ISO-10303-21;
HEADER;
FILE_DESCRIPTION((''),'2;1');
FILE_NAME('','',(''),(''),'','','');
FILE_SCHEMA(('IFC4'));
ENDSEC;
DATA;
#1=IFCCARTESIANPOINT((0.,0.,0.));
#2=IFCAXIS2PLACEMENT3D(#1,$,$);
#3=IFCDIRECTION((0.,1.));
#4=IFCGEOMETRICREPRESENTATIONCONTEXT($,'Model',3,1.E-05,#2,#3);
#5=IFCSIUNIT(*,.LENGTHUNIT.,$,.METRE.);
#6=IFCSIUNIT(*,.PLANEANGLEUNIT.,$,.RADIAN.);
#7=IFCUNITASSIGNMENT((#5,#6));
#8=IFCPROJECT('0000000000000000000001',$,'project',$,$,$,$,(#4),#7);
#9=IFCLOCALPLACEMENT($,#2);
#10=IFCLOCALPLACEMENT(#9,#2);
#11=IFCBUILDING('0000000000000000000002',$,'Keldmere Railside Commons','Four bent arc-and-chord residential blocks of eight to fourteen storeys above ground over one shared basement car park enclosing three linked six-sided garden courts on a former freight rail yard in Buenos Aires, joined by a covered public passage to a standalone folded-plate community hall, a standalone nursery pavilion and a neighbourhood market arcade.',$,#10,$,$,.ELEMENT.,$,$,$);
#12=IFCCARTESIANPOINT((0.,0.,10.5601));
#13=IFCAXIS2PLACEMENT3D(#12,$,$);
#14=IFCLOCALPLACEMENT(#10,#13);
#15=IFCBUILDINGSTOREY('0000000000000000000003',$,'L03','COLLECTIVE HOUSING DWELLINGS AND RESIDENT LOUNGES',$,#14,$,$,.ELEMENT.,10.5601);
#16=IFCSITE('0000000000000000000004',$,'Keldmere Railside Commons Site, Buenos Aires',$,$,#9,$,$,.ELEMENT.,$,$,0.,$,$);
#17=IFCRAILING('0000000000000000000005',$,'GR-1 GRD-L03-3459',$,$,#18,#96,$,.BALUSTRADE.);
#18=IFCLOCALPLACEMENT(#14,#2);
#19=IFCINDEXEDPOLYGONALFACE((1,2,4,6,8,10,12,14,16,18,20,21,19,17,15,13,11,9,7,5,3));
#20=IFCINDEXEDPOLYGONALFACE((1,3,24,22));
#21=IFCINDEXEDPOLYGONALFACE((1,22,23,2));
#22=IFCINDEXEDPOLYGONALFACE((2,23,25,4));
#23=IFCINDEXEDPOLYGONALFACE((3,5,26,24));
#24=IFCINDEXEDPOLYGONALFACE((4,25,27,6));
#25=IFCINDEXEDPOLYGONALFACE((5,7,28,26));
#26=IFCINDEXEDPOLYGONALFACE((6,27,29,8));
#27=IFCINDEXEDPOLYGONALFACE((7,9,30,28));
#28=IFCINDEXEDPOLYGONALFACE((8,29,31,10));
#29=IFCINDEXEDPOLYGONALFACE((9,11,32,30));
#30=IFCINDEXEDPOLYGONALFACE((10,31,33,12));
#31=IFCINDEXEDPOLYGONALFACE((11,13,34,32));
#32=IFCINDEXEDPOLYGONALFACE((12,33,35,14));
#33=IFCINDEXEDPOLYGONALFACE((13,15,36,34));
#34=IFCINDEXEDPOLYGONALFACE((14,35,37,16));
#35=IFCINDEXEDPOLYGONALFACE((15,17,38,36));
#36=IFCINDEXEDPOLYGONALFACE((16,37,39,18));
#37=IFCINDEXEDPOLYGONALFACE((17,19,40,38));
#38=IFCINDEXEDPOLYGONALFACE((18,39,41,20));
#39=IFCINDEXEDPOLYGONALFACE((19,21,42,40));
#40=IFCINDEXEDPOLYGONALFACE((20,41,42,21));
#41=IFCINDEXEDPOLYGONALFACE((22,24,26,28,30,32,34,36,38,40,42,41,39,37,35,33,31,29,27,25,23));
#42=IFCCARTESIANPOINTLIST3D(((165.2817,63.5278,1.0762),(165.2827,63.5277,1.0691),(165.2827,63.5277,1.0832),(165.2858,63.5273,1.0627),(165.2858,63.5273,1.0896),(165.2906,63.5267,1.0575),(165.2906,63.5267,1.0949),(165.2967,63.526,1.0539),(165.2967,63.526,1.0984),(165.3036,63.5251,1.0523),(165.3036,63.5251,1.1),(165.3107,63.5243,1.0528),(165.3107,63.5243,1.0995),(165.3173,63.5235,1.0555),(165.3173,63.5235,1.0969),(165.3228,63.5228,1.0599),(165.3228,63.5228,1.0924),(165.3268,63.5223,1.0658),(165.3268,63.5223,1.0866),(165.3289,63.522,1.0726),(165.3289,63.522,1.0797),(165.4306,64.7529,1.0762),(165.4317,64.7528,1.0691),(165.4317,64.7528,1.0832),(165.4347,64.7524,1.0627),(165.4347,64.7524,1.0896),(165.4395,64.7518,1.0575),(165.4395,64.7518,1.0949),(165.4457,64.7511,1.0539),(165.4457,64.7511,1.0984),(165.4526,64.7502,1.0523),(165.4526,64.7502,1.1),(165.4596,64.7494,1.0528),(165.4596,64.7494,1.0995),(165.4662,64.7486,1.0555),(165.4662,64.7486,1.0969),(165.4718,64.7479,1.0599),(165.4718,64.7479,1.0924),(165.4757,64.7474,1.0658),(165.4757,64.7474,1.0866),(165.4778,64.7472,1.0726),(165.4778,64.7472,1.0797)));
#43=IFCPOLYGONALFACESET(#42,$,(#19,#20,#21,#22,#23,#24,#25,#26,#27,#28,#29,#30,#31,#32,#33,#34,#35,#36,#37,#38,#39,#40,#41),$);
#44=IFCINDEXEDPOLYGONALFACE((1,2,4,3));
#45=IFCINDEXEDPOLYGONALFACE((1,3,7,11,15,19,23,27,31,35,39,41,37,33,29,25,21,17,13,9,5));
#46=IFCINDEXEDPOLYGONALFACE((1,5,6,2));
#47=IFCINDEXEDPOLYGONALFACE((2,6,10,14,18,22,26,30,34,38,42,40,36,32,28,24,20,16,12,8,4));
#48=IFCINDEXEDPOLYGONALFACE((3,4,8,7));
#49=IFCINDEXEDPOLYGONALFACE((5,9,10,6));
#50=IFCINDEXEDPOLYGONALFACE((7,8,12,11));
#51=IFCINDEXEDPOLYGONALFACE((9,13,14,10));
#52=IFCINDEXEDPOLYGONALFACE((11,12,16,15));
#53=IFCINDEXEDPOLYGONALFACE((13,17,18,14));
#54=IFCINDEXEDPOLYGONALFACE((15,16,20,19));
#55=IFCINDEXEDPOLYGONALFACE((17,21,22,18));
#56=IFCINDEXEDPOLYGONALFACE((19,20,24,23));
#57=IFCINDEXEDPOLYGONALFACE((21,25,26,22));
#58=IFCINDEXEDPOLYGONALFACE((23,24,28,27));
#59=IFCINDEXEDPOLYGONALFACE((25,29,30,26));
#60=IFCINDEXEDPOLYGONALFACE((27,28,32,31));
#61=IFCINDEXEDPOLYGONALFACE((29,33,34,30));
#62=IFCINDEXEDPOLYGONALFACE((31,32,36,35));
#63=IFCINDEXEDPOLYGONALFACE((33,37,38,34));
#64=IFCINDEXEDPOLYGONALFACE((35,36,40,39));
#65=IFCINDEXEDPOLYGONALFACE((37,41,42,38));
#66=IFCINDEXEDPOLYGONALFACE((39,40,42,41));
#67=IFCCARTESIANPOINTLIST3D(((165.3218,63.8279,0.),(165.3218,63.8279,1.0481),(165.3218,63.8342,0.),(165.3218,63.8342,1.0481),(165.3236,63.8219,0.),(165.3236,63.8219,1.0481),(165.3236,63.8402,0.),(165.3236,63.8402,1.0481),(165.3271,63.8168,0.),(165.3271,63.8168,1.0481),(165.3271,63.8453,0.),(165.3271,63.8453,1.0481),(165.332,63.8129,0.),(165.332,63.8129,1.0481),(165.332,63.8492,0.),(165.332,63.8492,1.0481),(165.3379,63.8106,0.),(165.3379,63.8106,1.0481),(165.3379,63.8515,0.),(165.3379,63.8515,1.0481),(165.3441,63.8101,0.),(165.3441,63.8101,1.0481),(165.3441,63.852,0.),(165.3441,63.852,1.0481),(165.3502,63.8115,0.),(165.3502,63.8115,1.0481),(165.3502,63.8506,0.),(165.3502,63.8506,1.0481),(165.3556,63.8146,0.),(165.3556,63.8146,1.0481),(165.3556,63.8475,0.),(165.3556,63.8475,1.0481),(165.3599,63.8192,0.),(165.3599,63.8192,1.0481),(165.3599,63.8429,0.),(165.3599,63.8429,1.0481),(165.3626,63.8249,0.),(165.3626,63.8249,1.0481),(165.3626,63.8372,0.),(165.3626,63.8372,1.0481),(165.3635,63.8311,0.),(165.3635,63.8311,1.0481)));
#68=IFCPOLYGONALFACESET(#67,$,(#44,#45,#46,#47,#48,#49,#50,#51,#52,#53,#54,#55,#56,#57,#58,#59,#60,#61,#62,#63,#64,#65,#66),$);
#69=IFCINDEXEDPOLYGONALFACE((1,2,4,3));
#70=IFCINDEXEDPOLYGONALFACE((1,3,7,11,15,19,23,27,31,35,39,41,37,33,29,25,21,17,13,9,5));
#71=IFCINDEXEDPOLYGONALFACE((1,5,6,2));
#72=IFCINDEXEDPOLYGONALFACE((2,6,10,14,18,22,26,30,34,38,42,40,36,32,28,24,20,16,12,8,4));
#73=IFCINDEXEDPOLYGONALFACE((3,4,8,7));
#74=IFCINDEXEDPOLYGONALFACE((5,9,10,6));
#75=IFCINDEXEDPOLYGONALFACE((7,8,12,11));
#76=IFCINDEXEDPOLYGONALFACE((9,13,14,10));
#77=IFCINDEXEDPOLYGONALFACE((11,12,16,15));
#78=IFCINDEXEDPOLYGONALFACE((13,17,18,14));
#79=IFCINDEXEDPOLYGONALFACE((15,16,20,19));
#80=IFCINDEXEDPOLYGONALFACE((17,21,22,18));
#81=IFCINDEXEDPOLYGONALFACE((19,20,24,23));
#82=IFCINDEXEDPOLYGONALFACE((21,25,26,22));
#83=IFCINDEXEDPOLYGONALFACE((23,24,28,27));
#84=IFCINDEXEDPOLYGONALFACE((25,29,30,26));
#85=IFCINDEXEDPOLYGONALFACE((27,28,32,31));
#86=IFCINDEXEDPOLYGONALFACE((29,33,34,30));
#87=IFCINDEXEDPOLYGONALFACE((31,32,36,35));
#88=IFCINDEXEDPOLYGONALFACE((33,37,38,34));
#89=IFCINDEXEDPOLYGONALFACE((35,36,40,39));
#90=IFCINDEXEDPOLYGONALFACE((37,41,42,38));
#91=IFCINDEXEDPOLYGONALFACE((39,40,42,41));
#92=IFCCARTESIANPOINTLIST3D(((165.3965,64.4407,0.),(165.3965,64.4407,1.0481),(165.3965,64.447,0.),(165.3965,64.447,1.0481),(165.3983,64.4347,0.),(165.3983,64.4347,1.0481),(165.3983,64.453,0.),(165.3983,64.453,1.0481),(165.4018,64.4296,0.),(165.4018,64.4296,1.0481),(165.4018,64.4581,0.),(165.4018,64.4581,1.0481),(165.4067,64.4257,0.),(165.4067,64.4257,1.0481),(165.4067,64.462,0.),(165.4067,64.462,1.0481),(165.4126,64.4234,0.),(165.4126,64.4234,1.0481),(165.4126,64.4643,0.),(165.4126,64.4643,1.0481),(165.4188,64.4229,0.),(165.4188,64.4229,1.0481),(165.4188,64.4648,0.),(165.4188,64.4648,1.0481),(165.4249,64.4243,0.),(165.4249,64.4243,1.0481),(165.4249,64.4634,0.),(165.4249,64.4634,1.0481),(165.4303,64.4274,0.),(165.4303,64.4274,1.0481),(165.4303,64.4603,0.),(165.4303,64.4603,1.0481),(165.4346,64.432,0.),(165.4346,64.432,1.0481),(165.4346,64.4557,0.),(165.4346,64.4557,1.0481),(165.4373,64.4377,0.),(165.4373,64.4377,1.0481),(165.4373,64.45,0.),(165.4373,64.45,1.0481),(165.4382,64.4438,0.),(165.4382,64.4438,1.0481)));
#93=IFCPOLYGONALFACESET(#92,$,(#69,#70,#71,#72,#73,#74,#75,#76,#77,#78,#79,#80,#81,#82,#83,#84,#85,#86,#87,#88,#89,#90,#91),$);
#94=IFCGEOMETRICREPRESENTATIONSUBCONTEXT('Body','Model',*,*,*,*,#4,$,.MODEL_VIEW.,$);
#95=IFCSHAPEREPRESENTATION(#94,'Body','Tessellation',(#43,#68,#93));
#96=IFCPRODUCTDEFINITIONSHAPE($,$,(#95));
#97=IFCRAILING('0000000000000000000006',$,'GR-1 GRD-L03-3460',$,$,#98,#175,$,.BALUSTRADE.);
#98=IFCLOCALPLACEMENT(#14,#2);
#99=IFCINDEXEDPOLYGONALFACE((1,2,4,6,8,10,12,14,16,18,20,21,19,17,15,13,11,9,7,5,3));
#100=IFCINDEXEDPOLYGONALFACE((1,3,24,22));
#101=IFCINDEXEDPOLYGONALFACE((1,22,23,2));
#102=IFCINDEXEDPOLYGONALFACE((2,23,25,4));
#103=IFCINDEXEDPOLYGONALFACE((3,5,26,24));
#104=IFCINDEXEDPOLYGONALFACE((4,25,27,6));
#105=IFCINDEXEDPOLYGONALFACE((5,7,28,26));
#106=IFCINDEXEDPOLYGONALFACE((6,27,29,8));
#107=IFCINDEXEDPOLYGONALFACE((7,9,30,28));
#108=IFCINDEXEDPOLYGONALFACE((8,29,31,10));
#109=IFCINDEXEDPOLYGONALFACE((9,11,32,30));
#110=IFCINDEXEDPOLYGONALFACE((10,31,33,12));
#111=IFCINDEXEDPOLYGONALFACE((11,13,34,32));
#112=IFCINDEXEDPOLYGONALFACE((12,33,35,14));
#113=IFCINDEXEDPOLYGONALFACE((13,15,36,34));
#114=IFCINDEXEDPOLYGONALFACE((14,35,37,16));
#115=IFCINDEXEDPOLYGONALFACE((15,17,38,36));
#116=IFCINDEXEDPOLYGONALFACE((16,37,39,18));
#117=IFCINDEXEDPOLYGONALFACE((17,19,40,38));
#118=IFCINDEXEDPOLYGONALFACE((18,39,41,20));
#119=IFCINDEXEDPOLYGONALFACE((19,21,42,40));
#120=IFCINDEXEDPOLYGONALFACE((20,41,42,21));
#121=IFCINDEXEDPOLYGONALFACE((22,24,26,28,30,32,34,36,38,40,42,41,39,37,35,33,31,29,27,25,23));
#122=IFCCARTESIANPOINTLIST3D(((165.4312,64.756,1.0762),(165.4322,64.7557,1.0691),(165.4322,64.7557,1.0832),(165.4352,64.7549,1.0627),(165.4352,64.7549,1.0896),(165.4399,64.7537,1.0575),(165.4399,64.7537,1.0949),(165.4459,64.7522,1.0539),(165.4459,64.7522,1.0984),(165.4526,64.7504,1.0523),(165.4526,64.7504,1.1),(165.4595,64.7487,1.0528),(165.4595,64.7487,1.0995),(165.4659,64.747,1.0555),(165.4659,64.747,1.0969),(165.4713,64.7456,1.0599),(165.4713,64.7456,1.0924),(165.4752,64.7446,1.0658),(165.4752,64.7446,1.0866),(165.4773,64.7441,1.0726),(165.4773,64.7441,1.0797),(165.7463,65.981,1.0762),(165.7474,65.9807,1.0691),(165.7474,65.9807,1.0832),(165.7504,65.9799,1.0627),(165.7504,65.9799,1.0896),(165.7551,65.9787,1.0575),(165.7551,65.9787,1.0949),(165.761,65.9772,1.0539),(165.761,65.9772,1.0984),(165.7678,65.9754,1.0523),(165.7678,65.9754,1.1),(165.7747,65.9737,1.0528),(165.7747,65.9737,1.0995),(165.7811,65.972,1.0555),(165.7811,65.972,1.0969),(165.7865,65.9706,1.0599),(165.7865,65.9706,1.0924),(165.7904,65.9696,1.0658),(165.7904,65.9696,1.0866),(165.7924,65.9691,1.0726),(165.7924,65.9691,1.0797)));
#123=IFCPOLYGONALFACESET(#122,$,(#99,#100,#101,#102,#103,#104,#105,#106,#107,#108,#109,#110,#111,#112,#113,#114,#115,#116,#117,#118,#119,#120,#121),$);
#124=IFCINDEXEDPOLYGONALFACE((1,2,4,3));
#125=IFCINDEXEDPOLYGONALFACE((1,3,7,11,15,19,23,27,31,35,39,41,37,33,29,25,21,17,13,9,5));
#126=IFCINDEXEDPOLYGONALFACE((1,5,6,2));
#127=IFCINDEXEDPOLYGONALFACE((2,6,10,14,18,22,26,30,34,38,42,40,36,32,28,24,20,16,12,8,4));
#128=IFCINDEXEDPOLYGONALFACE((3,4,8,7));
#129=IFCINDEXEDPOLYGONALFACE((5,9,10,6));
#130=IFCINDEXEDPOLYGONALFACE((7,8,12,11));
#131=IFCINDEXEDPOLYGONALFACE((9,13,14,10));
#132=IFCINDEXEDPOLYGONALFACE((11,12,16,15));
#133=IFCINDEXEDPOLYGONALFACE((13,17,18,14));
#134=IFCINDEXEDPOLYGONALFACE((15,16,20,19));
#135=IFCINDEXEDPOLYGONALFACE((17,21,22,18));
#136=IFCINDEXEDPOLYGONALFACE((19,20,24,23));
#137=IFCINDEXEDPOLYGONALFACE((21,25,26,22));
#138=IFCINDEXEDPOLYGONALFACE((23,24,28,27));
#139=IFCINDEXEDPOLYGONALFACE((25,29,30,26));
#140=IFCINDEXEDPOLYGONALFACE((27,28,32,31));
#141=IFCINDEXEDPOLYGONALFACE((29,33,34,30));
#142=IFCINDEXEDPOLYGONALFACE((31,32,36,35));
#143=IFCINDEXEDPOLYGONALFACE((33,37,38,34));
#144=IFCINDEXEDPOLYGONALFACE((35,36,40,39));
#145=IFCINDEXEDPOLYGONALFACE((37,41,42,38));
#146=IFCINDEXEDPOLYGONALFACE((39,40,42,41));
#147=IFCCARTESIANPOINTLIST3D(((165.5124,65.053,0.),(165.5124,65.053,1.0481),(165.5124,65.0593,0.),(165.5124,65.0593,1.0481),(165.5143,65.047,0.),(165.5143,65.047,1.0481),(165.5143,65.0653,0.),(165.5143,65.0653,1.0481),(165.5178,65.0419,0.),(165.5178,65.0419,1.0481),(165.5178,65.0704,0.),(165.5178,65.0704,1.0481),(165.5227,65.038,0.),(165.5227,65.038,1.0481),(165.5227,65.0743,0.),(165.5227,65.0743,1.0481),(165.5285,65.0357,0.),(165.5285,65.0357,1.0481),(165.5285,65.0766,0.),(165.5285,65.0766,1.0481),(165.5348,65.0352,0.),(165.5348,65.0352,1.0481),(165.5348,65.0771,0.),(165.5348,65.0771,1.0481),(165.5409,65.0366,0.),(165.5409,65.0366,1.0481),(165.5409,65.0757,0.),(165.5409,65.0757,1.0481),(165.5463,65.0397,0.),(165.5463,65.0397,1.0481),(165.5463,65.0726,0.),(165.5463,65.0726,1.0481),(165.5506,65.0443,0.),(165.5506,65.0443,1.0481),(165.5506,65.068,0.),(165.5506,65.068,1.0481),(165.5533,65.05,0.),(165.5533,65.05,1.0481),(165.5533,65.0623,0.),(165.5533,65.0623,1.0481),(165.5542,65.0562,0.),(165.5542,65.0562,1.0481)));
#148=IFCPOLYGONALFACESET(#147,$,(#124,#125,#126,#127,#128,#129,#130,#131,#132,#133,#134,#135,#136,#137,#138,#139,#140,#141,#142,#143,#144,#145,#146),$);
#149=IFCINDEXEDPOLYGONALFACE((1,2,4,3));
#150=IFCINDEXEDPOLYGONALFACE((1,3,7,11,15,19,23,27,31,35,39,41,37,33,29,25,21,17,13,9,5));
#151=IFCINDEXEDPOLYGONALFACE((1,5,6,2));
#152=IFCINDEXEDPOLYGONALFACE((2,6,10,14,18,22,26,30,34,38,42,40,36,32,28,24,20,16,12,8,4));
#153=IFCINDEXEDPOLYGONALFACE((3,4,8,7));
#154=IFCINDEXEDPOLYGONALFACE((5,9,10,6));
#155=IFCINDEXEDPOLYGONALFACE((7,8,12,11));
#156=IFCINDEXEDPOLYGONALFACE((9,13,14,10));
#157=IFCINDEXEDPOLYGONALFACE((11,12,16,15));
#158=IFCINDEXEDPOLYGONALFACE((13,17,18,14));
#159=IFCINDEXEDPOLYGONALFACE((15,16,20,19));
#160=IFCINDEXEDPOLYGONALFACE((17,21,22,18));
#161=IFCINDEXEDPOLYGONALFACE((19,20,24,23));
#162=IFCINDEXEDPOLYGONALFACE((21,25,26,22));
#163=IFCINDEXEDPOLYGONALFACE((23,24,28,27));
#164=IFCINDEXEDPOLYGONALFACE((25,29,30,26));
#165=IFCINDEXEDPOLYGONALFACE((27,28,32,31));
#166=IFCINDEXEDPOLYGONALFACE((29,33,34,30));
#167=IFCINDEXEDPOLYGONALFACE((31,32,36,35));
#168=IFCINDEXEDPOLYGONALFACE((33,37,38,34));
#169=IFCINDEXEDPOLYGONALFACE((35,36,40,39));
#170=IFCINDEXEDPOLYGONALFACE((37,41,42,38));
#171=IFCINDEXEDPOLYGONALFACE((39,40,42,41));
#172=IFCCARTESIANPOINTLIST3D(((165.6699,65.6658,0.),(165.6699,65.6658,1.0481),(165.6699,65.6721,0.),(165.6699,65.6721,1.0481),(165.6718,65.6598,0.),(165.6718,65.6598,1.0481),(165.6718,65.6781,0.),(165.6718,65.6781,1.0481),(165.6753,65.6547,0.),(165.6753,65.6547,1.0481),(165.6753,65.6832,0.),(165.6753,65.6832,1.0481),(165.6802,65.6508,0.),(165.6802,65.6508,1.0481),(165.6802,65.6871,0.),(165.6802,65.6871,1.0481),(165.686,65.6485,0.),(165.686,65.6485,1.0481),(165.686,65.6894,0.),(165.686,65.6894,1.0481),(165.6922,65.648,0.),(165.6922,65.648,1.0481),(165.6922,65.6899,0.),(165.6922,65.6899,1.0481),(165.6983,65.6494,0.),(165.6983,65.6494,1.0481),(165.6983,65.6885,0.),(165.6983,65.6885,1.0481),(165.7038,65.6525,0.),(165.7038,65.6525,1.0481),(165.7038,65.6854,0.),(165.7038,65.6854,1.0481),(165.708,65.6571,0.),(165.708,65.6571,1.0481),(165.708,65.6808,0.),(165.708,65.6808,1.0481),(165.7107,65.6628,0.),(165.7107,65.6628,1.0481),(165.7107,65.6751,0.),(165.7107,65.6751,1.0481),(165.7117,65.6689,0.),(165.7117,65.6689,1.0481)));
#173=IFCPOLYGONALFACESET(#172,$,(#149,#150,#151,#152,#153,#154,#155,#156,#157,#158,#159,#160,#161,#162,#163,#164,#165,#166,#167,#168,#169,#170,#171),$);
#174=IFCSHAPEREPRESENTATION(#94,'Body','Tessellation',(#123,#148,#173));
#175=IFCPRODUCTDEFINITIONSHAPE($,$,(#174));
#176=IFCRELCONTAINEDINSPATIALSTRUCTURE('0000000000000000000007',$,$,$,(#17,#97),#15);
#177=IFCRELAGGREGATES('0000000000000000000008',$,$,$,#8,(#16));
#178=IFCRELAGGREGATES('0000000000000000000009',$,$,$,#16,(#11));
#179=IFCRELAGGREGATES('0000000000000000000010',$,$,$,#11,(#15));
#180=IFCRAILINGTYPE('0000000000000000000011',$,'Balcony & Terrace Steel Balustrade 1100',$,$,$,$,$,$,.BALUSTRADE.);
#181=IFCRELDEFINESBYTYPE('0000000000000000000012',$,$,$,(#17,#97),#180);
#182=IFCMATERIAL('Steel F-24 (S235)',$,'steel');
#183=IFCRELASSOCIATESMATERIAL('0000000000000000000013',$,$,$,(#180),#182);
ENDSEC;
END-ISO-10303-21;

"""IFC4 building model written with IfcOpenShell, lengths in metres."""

from ifc_helpers import new_model, si_unit, direction, frame, origin, origin_2d, place, context, subcontext, project, spatial, circle, extrude, material, type_object, element, save


model = new_model("IFC4")

# Units and contexts
model_context = context("Model", 3, precision=1e-05, world=origin(), true_north=direction((0.0, 1.0)))
body_context = subcontext(model_context, "Body", "Model", "MODEL_VIEW")
ifc_project = project(units=[si_unit("LENGTHUNIT", "METRE"), si_unit("PLANEANGLEUNIT", "RADIAN")], contexts=[model_context])

# Site, building, storey
site_placement = place(None, origin())
site = spatial("IfcSite", under=ifc_project, at=site_placement, Name="Keldmere Railside Commons Site, Buenos Aires", CompositionType="ELEMENT", RefElevation=0.0)
building_placement = place(site_placement, origin())
building = spatial("IfcBuilding", under=site, at=building_placement, Name="Keldmere Railside Commons", Description="Four bent arc-and-chord residential blocks of eight to fourteen storeys above ground over one shared basement car park enclosing three linked six-sided garden courts on a former freight rail yard in Buenos Aires, joined by a covered public passage to a standalone folded-plate community hall, a standalone nursery pavilion and a neighbourhood market arcade.", CompositionType="ELEMENT")
storey_placement = place(building_placement, frame((0.0, 0.0, 10.5601)))
storey = spatial("IfcBuildingStorey", under=building, at=storey_placement, Name="L03", Description="COLLECTIVE HOUSING DWELLINGS AND RESIDENT LOUNGES", CompositionType="ELEMENT", Elevation=10.5601)

# Shared definitions
ifc_material_1 = material(Name="Steel F-24 (S235)", Category="steel")

# Railings
railing_type = type_object("IfcRailingType", Name="Balcony & Terrace Steel Balustrade 1100", PredefinedType="BALUSTRADE", material=ifc_material_1)
railing_1_placement = place(storey_placement, frame((165.3054, 63.5249, 0.0)))
element("IfcRailing", 1, at=railing_1_placement, inside=storey, type_object=railing_type, Name="GR-1 GRD-L03-3459", PredefinedType="BALUSTRADE", context=body_context, shape_type="SweptSolid", body=[
    extrude(circle(Radius=0.0239, at=origin_2d()), frame((0.0, 0.0, 1.0762), z_axis=(0.120674, 0.992692, 0.0), x_axis=(-0.992692, 0.120674, 0.0)), (0.0, 0.0, 1.0), 1.2341),
    extrude(circle(Radius=0.021, at=origin_2d()), frame((0.0371, 0.3062, 0.0)), (0.0, 0.0, 1.0), 1.0481),
    extrude(circle(Radius=0.021, at=origin_2d()), frame((0.1118, 0.9189, 0.0)), (0.0, 0.0, 1.0), 1.0481),
])
railing_2_placement = place(storey_placement, frame((165.4543, 64.75, 0.0)))
element("IfcRailing", 2, at=railing_2_placement, inside=storey, type_object=railing_type, Name="GR-1 GRD-L03-3460", PredefinedType="BALUSTRADE", context=body_context, shape_type="SweptSolid", body=[
    extrude(circle(Radius=0.0239, at=origin_2d()), frame((0.0, 0.0, 1.0762), z_axis=(0.24916, 0.968462, 0.0), x_axis=(-0.968462, 0.24916, 0.0)), (0.0, 0.0, 1.0), 1.2649),
    extrude(circle(Radius=0.021, at=origin_2d()), frame((0.0789, 0.3062, 0.0)), (0.0, 0.0, 1.0), 1.0481),
    extrude(circle(Radius=0.021, at=origin_2d()), frame((0.2363, 0.9189, 0.0)), (0.0, 0.0, 1.0), 1.0481),
])

save(model, "model.ifc")
